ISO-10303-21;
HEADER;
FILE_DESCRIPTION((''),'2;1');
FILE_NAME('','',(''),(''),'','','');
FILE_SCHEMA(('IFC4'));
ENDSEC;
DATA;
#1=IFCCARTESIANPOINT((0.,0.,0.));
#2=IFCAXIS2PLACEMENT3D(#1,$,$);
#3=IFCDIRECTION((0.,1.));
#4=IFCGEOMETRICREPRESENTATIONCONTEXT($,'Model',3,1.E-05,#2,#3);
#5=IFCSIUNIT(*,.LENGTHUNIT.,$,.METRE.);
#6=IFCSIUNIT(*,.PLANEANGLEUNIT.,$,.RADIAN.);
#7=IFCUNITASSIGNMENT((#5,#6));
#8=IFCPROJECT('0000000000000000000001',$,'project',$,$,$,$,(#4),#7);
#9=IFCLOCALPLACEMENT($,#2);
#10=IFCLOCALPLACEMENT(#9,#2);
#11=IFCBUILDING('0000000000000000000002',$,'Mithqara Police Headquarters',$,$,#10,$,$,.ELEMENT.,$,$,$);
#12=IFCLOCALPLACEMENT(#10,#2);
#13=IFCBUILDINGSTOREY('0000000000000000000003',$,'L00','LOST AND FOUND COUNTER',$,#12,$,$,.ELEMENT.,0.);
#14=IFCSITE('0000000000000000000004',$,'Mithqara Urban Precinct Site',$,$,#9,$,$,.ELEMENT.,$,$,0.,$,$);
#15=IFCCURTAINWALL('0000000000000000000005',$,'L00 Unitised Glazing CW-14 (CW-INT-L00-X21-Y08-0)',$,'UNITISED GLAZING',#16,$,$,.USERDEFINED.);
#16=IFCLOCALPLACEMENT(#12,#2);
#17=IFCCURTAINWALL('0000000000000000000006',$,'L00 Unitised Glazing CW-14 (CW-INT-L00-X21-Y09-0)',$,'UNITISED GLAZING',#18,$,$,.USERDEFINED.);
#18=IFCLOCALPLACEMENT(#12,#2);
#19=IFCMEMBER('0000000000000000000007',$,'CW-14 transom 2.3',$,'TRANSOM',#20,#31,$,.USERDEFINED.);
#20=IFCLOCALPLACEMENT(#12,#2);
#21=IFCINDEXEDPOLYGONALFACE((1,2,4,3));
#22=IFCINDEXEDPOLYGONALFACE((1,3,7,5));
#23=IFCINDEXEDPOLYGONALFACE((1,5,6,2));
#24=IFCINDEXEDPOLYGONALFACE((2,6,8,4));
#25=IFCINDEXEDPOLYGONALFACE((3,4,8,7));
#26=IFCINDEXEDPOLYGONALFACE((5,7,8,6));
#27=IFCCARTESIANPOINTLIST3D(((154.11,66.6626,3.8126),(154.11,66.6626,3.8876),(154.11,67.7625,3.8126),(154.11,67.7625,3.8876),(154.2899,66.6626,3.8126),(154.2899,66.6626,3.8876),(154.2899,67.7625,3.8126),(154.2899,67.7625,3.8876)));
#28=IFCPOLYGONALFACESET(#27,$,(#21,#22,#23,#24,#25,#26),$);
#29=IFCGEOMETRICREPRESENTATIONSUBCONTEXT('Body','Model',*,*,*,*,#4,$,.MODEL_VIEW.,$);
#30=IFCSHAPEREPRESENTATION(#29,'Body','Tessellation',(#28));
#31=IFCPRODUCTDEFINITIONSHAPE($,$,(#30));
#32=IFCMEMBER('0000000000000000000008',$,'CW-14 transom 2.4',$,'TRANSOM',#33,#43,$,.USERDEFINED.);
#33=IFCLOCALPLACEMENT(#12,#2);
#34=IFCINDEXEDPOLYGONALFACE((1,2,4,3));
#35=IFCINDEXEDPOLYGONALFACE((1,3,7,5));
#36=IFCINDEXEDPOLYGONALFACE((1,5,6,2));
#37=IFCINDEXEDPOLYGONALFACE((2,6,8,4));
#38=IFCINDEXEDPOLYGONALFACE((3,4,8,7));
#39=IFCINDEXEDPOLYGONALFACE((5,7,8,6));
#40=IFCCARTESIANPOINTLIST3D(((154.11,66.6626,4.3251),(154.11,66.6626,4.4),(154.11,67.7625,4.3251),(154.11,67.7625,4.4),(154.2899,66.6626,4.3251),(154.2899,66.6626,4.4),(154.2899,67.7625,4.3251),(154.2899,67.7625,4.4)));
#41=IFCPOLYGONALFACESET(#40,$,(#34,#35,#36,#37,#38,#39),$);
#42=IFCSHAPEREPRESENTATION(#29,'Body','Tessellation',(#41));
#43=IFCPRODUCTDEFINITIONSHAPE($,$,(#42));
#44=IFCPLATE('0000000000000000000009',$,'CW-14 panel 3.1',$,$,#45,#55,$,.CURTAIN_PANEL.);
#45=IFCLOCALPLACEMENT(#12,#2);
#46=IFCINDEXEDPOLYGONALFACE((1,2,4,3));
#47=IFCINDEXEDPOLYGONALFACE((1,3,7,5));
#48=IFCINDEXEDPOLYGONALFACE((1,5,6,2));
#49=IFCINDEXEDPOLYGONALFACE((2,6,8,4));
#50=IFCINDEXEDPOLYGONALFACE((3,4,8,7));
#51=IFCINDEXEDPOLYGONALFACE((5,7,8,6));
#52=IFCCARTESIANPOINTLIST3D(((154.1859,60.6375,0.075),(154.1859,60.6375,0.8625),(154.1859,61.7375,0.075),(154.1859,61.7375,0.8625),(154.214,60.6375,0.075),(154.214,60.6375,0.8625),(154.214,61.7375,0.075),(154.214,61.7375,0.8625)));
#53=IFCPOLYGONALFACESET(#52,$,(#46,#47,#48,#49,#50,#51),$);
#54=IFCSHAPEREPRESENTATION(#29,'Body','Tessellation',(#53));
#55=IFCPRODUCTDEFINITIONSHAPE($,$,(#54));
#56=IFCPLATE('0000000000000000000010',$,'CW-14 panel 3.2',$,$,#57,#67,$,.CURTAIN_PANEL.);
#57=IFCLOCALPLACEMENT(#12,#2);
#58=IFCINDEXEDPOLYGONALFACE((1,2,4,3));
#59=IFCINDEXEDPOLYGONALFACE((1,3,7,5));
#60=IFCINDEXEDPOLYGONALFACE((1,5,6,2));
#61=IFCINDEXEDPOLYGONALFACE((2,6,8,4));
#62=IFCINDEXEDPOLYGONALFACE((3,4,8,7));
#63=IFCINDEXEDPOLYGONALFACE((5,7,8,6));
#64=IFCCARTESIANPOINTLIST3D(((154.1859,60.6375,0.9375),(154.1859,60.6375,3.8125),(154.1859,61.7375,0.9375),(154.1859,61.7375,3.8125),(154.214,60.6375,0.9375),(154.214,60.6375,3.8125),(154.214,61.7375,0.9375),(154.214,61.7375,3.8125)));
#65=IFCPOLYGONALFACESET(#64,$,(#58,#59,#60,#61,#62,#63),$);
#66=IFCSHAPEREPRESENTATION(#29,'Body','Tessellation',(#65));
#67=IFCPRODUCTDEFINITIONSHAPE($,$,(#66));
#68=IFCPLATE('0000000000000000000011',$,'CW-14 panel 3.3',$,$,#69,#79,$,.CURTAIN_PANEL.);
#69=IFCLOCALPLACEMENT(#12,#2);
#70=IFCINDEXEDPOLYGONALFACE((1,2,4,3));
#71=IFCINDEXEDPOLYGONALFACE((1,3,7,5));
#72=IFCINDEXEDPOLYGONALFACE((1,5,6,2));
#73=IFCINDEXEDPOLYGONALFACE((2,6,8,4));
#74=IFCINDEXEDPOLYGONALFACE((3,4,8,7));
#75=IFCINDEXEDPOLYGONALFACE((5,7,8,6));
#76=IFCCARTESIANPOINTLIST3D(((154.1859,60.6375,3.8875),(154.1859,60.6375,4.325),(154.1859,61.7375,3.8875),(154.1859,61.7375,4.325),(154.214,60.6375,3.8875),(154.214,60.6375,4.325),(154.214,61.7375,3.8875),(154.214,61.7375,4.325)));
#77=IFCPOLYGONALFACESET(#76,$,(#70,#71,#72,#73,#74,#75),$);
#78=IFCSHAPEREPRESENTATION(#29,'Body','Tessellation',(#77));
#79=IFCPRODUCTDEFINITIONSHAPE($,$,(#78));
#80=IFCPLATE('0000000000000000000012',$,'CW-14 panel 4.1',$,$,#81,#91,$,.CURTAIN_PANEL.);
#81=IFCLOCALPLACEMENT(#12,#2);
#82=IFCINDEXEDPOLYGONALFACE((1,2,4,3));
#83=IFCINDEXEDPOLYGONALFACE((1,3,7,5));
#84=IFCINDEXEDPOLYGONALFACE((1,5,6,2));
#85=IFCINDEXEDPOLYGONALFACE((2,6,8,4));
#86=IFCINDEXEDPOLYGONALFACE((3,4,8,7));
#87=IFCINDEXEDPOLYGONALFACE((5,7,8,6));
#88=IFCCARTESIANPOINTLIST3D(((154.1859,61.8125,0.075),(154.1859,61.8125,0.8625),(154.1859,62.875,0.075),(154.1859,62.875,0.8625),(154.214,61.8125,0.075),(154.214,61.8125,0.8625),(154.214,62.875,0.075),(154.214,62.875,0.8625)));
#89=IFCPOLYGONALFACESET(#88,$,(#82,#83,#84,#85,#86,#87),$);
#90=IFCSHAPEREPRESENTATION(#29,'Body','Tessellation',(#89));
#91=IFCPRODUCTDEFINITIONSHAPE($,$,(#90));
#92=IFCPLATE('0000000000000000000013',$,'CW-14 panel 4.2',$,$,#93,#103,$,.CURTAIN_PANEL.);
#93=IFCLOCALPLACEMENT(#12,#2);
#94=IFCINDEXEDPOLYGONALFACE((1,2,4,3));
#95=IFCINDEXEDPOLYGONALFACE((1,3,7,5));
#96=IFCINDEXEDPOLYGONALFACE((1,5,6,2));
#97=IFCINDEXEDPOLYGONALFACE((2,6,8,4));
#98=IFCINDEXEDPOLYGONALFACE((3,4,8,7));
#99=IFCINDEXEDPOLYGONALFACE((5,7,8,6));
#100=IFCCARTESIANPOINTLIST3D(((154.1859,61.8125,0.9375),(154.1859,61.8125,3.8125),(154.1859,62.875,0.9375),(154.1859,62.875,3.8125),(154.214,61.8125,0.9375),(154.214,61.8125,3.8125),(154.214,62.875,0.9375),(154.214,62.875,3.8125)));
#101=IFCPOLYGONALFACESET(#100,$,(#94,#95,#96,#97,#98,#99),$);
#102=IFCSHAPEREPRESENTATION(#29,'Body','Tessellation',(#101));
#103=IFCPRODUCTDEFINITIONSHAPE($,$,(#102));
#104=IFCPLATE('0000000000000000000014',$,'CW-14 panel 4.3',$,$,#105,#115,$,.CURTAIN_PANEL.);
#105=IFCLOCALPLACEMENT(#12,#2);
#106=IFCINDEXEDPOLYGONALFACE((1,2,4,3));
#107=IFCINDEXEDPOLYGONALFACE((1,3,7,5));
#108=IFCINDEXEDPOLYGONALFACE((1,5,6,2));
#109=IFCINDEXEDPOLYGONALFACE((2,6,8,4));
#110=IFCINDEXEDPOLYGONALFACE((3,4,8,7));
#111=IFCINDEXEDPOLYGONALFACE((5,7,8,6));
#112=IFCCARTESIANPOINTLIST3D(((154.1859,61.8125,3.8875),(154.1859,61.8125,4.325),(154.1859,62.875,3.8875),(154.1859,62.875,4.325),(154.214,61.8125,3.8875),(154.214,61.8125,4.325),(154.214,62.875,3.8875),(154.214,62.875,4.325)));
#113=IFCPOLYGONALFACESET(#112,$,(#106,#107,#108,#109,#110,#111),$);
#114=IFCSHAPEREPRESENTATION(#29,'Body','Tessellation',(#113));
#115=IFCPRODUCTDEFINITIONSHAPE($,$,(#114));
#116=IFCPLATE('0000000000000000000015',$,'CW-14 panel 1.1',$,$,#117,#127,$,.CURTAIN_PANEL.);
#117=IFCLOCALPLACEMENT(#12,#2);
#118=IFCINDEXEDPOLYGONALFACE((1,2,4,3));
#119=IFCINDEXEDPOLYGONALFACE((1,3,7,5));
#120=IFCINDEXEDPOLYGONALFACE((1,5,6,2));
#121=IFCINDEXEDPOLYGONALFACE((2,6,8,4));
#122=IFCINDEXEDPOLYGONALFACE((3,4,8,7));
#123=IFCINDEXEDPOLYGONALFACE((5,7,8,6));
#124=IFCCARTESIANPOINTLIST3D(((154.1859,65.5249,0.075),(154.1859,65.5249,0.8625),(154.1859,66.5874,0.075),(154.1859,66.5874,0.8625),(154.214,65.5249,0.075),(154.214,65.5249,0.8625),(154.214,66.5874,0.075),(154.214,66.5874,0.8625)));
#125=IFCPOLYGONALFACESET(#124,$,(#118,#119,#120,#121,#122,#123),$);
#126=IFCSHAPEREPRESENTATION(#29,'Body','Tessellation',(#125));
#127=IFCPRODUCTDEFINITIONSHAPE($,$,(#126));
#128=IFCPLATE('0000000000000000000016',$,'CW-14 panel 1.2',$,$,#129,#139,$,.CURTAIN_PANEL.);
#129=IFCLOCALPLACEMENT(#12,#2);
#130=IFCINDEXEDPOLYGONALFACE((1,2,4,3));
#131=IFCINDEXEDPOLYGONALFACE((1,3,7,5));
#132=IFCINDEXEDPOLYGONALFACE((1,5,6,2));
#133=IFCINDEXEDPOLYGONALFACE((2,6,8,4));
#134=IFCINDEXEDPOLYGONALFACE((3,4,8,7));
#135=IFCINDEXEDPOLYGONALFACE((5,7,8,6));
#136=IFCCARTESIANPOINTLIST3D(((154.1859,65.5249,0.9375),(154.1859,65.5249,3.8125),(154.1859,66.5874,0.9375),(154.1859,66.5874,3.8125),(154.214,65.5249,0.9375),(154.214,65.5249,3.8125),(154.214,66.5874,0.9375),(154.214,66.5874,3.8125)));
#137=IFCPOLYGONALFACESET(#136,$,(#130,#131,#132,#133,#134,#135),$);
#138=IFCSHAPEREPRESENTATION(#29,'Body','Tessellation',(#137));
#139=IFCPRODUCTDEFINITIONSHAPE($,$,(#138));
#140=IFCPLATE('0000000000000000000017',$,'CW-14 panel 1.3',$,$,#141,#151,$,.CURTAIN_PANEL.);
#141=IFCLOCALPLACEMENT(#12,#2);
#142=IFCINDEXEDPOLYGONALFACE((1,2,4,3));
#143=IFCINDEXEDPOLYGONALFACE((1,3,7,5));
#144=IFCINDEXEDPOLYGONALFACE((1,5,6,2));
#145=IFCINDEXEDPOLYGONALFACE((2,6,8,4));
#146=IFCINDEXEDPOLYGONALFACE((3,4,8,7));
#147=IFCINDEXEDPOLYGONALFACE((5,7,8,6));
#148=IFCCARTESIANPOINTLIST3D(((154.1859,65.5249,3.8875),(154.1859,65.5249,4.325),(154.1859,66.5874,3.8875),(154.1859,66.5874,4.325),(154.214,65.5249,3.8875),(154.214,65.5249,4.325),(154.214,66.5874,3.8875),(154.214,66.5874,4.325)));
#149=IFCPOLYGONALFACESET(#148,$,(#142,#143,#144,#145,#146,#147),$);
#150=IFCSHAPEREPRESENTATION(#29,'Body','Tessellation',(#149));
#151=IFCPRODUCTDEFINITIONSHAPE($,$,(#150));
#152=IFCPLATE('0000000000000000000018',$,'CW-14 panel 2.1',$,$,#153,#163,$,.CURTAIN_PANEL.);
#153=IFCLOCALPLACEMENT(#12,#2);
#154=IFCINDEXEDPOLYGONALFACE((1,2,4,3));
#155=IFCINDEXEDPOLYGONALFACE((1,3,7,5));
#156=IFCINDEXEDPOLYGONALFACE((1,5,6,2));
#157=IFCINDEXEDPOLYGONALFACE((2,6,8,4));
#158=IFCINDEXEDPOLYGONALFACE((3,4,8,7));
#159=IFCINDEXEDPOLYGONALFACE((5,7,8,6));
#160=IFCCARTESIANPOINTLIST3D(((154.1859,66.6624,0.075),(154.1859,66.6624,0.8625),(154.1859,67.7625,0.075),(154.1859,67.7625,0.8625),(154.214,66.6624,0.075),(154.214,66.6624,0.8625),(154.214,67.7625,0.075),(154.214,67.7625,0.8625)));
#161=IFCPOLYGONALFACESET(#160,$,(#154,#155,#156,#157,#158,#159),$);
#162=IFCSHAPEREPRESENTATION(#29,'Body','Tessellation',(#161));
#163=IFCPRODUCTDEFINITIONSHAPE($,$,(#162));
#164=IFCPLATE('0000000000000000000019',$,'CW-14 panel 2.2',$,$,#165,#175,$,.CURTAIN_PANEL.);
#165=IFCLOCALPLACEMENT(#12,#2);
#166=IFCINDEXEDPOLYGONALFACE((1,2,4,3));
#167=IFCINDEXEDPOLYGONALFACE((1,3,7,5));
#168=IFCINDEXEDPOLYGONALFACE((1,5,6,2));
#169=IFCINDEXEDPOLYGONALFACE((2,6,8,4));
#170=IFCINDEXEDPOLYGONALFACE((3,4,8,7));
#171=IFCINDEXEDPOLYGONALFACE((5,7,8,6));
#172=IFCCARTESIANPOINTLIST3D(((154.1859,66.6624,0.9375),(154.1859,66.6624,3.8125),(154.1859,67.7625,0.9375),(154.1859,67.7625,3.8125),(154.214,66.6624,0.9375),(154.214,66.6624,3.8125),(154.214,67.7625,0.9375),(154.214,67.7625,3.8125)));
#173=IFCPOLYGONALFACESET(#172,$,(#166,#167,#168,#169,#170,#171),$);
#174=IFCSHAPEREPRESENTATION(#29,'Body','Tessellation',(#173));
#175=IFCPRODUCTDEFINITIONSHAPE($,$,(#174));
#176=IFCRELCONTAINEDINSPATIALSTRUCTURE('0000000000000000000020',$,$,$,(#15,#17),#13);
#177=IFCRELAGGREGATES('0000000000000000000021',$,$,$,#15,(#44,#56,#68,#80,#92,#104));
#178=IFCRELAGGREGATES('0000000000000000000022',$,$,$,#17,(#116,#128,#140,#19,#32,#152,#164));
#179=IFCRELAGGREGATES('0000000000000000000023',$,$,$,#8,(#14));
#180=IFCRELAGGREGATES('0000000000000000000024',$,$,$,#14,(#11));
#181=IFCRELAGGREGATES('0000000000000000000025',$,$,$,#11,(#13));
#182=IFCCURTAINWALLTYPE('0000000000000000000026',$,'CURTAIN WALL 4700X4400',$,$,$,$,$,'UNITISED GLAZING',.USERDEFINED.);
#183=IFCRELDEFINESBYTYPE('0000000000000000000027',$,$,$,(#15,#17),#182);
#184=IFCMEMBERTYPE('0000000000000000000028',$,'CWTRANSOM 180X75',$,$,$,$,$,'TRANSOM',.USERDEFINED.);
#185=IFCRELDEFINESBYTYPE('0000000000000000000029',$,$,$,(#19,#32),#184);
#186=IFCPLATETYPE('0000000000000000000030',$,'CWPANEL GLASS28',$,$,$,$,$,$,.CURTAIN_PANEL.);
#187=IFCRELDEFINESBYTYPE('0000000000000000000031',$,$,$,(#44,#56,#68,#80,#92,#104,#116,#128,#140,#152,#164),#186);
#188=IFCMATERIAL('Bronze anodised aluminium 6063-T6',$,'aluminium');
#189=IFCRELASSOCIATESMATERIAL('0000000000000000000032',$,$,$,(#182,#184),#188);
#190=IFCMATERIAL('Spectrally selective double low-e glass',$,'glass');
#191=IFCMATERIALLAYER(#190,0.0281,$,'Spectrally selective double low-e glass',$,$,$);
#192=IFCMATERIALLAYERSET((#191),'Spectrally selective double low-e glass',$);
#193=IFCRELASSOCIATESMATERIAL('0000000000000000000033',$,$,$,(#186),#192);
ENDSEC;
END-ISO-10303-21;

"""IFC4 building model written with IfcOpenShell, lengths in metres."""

from ifc_helpers import new_model, si_unit, direction, frame, origin, origin_2d, place, context, subcontext, project, spatial, rectangle, extrude, material, layer, layer_set, material_profile, profile_set, type_object, element, aggregate, save


model = new_model("IFC4")

# Units and contexts
model_context = context("Model", 3, precision=1e-05, world=origin(), true_north=direction((0.0, 1.0)))
body_context = subcontext(model_context, "Body", "Model", "MODEL_VIEW")
ifc_project = project(units=[si_unit("LENGTHUNIT", "METRE"), si_unit("PLANEANGLEUNIT", "RADIAN")], contexts=[model_context])

# Site, building, storey
site_placement = place(None, origin())
site = spatial("IfcSite", under=ifc_project, at=site_placement, Name="Mithqara Urban Precinct Site", CompositionType="ELEMENT", RefElevation=0.0)
building_placement = place(site_placement, origin())
building = spatial("IfcBuilding", under=site, at=building_placement, Name="Mithqara Police Headquarters", CompositionType="ELEMENT")
storey_placement = place(building_placement, origin())
storey = spatial("IfcBuildingStorey", under=building, at=storey_placement, Name="L00", Description="LOST AND FOUND COUNTER", CompositionType="ELEMENT", Elevation=0.0)

# Curtain walls
ifc_material_1 = material(Name="Bronze anodised aluminium 6063-T6", Category="aluminium")
curtain_wall_type = type_object("IfcCurtainWallType", Name="CURTAIN WALL 4700X4400", ElementType="UNITISED GLAZING", PredefinedType="USERDEFINED", material=ifc_material_1)
curtain_wall_1_placement = place(storey_placement, origin())
curtain_wall_1 = element("IfcCurtainWall", 1, at=curtain_wall_1_placement, inside=storey, type_object=curtain_wall_type, Name="L00 Unitised Glazing CW-14 (CW-INT-L00-X21-Y08-0)", ObjectType="UNITISED GLAZING", PredefinedType="USERDEFINED")
curtain_wall_2_placement = place(storey_placement, origin())
curtain_wall_2 = element("IfcCurtainWall", 2, at=curtain_wall_2_placement, inside=storey, type_object=curtain_wall_type, Name="L00 Unitised Glazing CW-14 (CW-INT-L00-X21-Y09-0)", ObjectType="UNITISED GLAZING", PredefinedType="USERDEFINED")

# Members
ifc_material_profile_1 = material_profile(ifc_material_1, rectangle(XDim=0.1799, YDim=0.075, at=origin_2d()), Name="CWT 180x75")
ifc_profile_set_1 = profile_set([ifc_material_profile_1], Name="Bronze anodised aluminium 6063-T6")
member_type_1 = type_object("IfcMemberType", Name="CWTRANSOM 180X75", ElementType="TRANSOM", PredefinedType="USERDEFINED", material=ifc_profile_set_1)
member_1_placement = place(storey_placement, frame((154.2, 66.6626, 3.8501), z_axis=(0.0, 1.0, 0.0), x_axis=(-1.0, 0.0, 0.0)))
member_1 = element("IfcMember", 3, at=member_1_placement, type_object=member_type_1, Name="CW-14 transom 2.3", ObjectType="TRANSOM", PredefinedType="USERDEFINED", context=body_context, shape_type="SweptSolid", body=[
    extrude(rectangle(XDim=0.1799, YDim=0.075, at=origin_2d()), origin(), (0.0, 0.0, 1.0), 1.0999),
])
member_2_placement = place(storey_placement, frame((154.2, 66.6626, 4.3625), z_axis=(0.0, 1.0, 0.0), x_axis=(-1.0, 0.0, 0.0)))
member_2 = element("IfcMember", 4, at=member_2_placement, type_object=member_type_1, Name="CW-14 transom 2.4", ObjectType="TRANSOM", PredefinedType="USERDEFINED", context=body_context, shape_type="SweptSolid", body=[
    extrude(rectangle(XDim=0.1799, YDim=0.075, at=origin_2d()), origin(), (0.0, 0.0, 1.0), 1.0999),
])

# Plates
ifc_material_2 = material(Name="Spectrally selective double low-e glass", Category="glass")
ifc_layer = layer(ifc_material_2, 0.0281, Name="Spectrally selective double low-e glass")
ifc_layer_set = layer_set([ifc_layer], Name="Spectrally selective double low-e glass")
plate_type = type_object("IfcPlateType", Name="CWPANEL GLASS28", PredefinedType="CURTAIN_PANEL", material=ifc_layer_set)
plate_1_placement = place(storey_placement, frame((154.2, 61.1875, 0.075), z_axis=(0.0, 0.0, 1.0), x_axis=(0.0, 1.0, 0.0)))
plate_1 = element("IfcPlate", 5, at=plate_1_placement, type_object=plate_type, Name="CW-14 panel 3.1", PredefinedType="CURTAIN_PANEL", context=body_context, shape_type="SweptSolid", body=[
    extrude(rectangle(XDim=1.1001, YDim=0.0281, at=origin_2d()), origin(), (0.0, 0.0, 1.0), 0.7876),
])
plate_2_placement = place(storey_placement, frame((154.2, 61.1875, 0.9375), z_axis=(0.0, 0.0, 1.0), x_axis=(0.0, 1.0, 0.0)))
plate_2 = element("IfcPlate", 6, at=plate_2_placement, type_object=plate_type, Name="CW-14 panel 3.2", PredefinedType="CURTAIN_PANEL", context=body_context, shape_type="SweptSolid", body=[
    extrude(rectangle(XDim=1.1001, YDim=0.0281, at=origin_2d()), origin(), (0.0, 0.0, 1.0), 2.875),
])
plate_3_placement = place(storey_placement, frame((154.2, 61.1875, 3.8875), z_axis=(0.0, 0.0, 1.0), x_axis=(0.0, 1.0, 0.0)))
plate_3 = element("IfcPlate", 7, at=plate_3_placement, type_object=plate_type, Name="CW-14 panel 3.3", PredefinedType="CURTAIN_PANEL", context=body_context, shape_type="SweptSolid", body=[
    extrude(rectangle(XDim=1.1001, YDim=0.0281, at=origin_2d()), origin(), (0.0, 0.0, 1.0), 0.4375),
])
plate_4_placement = place(storey_placement, frame((154.2, 62.3438, 0.075), z_axis=(0.0, 0.0, 1.0), x_axis=(0.0, 1.0, 0.0)))
plate_4 = element("IfcPlate", 8, at=plate_4_placement, type_object=plate_type, Name="CW-14 panel 4.1", PredefinedType="CURTAIN_PANEL", context=body_context, shape_type="SweptSolid", body=[
    extrude(rectangle(XDim=1.0625, YDim=0.0281, at=origin_2d()), origin(), (0.0, 0.0, 1.0), 0.7876),
])
plate_5_placement = place(storey_placement, frame((154.2, 62.3438, 0.9375), z_axis=(0.0, 0.0, 1.0), x_axis=(0.0, 1.0, 0.0)))
plate_5 = element("IfcPlate", 9, at=plate_5_placement, type_object=plate_type, Name="CW-14 panel 4.2", PredefinedType="CURTAIN_PANEL", context=body_context, shape_type="SweptSolid", body=[
    extrude(rectangle(XDim=1.0625, YDim=0.0281, at=origin_2d()), origin(), (0.0, 0.0, 1.0), 2.875),
])
plate_6_placement = place(storey_placement, frame((154.2, 62.3438, 3.8875), z_axis=(0.0, 0.0, 1.0), x_axis=(0.0, 1.0, 0.0)))
plate_6 = element("IfcPlate", 10, at=plate_6_placement, type_object=plate_type, Name="CW-14 panel 4.3", PredefinedType="CURTAIN_PANEL", context=body_context, shape_type="SweptSolid", body=[
    extrude(rectangle(XDim=1.0625, YDim=0.0281, at=origin_2d()), origin(), (0.0, 0.0, 1.0), 0.4375),
])
aggregate(curtain_wall_1, [plate_1, plate_2, plate_3, plate_4, plate_5, plate_6])
plate_7_placement = place(storey_placement, frame((154.2, 66.0562, 0.075), z_axis=(0.0, 0.0, 1.0), x_axis=(0.0, 1.0, 0.0)))
plate_7 = element("IfcPlate", 11, at=plate_7_placement, type_object=plate_type, Name="CW-14 panel 1.1", PredefinedType="CURTAIN_PANEL", context=body_context, shape_type="SweptSolid", body=[
    extrude(rectangle(XDim=1.0625, YDim=0.0281, at=origin_2d()), origin(), (0.0, 0.0, 1.0), 0.7876),
])
plate_8_placement = place(storey_placement, frame((154.2, 66.0562, 0.9375), z_axis=(0.0, 0.0, 1.0), x_axis=(0.0, 1.0, 0.0)))
plate_8 = element("IfcPlate", 12, at=plate_8_placement, type_object=plate_type, Name="CW-14 panel 1.2", PredefinedType="CURTAIN_PANEL", context=body_context, shape_type="SweptSolid", body=[
    extrude(rectangle(XDim=1.0625, YDim=0.0281, at=origin_2d()), origin(), (0.0, 0.0, 1.0), 2.875),
])
plate_9_placement = place(storey_placement, frame((154.2, 66.0562, 3.8875), z_axis=(0.0, 0.0, 1.0), x_axis=(0.0, 1.0, 0.0)))
plate_9 = element("IfcPlate", 13, at=plate_9_placement, type_object=plate_type, Name="CW-14 panel 1.3", PredefinedType="CURTAIN_PANEL", context=body_context, shape_type="SweptSolid", body=[
    extrude(rectangle(XDim=1.0625, YDim=0.0281, at=origin_2d()), origin(), (0.0, 0.0, 1.0), 0.4375),
])
plate_10_placement = place(storey_placement, frame((154.2, 67.2124, 0.075), z_axis=(0.0, 0.0, 1.0), x_axis=(0.0, 1.0, 0.0)))
plate_10 = element("IfcPlate", 14, at=plate_10_placement, type_object=plate_type, Name="CW-14 panel 2.1", PredefinedType="CURTAIN_PANEL", context=body_context, shape_type="SweptSolid", body=[
    extrude(rectangle(XDim=1.1001, YDim=0.0281, at=origin_2d()), origin(), (0.0, 0.0, 1.0), 0.7876),
])
plate_11_placement = place(storey_placement, frame((154.2, 67.2124, 0.9375), z_axis=(0.0, 0.0, 1.0), x_axis=(0.0, 1.0, 0.0)))
plate_11 = element("IfcPlate", 15, at=plate_11_placement, type_object=plate_type, Name="CW-14 panel 2.2", PredefinedType="CURTAIN_PANEL", context=body_context, shape_type="SweptSolid", body=[
    extrude(rectangle(XDim=1.1001, YDim=0.0281, at=origin_2d()), origin(), (0.0, 0.0, 1.0), 2.875),
])
aggregate(curtain_wall_2, [plate_7, plate_8, plate_9, member_1, member_2, plate_10, plate_11])

save(model, "model.ifc")
